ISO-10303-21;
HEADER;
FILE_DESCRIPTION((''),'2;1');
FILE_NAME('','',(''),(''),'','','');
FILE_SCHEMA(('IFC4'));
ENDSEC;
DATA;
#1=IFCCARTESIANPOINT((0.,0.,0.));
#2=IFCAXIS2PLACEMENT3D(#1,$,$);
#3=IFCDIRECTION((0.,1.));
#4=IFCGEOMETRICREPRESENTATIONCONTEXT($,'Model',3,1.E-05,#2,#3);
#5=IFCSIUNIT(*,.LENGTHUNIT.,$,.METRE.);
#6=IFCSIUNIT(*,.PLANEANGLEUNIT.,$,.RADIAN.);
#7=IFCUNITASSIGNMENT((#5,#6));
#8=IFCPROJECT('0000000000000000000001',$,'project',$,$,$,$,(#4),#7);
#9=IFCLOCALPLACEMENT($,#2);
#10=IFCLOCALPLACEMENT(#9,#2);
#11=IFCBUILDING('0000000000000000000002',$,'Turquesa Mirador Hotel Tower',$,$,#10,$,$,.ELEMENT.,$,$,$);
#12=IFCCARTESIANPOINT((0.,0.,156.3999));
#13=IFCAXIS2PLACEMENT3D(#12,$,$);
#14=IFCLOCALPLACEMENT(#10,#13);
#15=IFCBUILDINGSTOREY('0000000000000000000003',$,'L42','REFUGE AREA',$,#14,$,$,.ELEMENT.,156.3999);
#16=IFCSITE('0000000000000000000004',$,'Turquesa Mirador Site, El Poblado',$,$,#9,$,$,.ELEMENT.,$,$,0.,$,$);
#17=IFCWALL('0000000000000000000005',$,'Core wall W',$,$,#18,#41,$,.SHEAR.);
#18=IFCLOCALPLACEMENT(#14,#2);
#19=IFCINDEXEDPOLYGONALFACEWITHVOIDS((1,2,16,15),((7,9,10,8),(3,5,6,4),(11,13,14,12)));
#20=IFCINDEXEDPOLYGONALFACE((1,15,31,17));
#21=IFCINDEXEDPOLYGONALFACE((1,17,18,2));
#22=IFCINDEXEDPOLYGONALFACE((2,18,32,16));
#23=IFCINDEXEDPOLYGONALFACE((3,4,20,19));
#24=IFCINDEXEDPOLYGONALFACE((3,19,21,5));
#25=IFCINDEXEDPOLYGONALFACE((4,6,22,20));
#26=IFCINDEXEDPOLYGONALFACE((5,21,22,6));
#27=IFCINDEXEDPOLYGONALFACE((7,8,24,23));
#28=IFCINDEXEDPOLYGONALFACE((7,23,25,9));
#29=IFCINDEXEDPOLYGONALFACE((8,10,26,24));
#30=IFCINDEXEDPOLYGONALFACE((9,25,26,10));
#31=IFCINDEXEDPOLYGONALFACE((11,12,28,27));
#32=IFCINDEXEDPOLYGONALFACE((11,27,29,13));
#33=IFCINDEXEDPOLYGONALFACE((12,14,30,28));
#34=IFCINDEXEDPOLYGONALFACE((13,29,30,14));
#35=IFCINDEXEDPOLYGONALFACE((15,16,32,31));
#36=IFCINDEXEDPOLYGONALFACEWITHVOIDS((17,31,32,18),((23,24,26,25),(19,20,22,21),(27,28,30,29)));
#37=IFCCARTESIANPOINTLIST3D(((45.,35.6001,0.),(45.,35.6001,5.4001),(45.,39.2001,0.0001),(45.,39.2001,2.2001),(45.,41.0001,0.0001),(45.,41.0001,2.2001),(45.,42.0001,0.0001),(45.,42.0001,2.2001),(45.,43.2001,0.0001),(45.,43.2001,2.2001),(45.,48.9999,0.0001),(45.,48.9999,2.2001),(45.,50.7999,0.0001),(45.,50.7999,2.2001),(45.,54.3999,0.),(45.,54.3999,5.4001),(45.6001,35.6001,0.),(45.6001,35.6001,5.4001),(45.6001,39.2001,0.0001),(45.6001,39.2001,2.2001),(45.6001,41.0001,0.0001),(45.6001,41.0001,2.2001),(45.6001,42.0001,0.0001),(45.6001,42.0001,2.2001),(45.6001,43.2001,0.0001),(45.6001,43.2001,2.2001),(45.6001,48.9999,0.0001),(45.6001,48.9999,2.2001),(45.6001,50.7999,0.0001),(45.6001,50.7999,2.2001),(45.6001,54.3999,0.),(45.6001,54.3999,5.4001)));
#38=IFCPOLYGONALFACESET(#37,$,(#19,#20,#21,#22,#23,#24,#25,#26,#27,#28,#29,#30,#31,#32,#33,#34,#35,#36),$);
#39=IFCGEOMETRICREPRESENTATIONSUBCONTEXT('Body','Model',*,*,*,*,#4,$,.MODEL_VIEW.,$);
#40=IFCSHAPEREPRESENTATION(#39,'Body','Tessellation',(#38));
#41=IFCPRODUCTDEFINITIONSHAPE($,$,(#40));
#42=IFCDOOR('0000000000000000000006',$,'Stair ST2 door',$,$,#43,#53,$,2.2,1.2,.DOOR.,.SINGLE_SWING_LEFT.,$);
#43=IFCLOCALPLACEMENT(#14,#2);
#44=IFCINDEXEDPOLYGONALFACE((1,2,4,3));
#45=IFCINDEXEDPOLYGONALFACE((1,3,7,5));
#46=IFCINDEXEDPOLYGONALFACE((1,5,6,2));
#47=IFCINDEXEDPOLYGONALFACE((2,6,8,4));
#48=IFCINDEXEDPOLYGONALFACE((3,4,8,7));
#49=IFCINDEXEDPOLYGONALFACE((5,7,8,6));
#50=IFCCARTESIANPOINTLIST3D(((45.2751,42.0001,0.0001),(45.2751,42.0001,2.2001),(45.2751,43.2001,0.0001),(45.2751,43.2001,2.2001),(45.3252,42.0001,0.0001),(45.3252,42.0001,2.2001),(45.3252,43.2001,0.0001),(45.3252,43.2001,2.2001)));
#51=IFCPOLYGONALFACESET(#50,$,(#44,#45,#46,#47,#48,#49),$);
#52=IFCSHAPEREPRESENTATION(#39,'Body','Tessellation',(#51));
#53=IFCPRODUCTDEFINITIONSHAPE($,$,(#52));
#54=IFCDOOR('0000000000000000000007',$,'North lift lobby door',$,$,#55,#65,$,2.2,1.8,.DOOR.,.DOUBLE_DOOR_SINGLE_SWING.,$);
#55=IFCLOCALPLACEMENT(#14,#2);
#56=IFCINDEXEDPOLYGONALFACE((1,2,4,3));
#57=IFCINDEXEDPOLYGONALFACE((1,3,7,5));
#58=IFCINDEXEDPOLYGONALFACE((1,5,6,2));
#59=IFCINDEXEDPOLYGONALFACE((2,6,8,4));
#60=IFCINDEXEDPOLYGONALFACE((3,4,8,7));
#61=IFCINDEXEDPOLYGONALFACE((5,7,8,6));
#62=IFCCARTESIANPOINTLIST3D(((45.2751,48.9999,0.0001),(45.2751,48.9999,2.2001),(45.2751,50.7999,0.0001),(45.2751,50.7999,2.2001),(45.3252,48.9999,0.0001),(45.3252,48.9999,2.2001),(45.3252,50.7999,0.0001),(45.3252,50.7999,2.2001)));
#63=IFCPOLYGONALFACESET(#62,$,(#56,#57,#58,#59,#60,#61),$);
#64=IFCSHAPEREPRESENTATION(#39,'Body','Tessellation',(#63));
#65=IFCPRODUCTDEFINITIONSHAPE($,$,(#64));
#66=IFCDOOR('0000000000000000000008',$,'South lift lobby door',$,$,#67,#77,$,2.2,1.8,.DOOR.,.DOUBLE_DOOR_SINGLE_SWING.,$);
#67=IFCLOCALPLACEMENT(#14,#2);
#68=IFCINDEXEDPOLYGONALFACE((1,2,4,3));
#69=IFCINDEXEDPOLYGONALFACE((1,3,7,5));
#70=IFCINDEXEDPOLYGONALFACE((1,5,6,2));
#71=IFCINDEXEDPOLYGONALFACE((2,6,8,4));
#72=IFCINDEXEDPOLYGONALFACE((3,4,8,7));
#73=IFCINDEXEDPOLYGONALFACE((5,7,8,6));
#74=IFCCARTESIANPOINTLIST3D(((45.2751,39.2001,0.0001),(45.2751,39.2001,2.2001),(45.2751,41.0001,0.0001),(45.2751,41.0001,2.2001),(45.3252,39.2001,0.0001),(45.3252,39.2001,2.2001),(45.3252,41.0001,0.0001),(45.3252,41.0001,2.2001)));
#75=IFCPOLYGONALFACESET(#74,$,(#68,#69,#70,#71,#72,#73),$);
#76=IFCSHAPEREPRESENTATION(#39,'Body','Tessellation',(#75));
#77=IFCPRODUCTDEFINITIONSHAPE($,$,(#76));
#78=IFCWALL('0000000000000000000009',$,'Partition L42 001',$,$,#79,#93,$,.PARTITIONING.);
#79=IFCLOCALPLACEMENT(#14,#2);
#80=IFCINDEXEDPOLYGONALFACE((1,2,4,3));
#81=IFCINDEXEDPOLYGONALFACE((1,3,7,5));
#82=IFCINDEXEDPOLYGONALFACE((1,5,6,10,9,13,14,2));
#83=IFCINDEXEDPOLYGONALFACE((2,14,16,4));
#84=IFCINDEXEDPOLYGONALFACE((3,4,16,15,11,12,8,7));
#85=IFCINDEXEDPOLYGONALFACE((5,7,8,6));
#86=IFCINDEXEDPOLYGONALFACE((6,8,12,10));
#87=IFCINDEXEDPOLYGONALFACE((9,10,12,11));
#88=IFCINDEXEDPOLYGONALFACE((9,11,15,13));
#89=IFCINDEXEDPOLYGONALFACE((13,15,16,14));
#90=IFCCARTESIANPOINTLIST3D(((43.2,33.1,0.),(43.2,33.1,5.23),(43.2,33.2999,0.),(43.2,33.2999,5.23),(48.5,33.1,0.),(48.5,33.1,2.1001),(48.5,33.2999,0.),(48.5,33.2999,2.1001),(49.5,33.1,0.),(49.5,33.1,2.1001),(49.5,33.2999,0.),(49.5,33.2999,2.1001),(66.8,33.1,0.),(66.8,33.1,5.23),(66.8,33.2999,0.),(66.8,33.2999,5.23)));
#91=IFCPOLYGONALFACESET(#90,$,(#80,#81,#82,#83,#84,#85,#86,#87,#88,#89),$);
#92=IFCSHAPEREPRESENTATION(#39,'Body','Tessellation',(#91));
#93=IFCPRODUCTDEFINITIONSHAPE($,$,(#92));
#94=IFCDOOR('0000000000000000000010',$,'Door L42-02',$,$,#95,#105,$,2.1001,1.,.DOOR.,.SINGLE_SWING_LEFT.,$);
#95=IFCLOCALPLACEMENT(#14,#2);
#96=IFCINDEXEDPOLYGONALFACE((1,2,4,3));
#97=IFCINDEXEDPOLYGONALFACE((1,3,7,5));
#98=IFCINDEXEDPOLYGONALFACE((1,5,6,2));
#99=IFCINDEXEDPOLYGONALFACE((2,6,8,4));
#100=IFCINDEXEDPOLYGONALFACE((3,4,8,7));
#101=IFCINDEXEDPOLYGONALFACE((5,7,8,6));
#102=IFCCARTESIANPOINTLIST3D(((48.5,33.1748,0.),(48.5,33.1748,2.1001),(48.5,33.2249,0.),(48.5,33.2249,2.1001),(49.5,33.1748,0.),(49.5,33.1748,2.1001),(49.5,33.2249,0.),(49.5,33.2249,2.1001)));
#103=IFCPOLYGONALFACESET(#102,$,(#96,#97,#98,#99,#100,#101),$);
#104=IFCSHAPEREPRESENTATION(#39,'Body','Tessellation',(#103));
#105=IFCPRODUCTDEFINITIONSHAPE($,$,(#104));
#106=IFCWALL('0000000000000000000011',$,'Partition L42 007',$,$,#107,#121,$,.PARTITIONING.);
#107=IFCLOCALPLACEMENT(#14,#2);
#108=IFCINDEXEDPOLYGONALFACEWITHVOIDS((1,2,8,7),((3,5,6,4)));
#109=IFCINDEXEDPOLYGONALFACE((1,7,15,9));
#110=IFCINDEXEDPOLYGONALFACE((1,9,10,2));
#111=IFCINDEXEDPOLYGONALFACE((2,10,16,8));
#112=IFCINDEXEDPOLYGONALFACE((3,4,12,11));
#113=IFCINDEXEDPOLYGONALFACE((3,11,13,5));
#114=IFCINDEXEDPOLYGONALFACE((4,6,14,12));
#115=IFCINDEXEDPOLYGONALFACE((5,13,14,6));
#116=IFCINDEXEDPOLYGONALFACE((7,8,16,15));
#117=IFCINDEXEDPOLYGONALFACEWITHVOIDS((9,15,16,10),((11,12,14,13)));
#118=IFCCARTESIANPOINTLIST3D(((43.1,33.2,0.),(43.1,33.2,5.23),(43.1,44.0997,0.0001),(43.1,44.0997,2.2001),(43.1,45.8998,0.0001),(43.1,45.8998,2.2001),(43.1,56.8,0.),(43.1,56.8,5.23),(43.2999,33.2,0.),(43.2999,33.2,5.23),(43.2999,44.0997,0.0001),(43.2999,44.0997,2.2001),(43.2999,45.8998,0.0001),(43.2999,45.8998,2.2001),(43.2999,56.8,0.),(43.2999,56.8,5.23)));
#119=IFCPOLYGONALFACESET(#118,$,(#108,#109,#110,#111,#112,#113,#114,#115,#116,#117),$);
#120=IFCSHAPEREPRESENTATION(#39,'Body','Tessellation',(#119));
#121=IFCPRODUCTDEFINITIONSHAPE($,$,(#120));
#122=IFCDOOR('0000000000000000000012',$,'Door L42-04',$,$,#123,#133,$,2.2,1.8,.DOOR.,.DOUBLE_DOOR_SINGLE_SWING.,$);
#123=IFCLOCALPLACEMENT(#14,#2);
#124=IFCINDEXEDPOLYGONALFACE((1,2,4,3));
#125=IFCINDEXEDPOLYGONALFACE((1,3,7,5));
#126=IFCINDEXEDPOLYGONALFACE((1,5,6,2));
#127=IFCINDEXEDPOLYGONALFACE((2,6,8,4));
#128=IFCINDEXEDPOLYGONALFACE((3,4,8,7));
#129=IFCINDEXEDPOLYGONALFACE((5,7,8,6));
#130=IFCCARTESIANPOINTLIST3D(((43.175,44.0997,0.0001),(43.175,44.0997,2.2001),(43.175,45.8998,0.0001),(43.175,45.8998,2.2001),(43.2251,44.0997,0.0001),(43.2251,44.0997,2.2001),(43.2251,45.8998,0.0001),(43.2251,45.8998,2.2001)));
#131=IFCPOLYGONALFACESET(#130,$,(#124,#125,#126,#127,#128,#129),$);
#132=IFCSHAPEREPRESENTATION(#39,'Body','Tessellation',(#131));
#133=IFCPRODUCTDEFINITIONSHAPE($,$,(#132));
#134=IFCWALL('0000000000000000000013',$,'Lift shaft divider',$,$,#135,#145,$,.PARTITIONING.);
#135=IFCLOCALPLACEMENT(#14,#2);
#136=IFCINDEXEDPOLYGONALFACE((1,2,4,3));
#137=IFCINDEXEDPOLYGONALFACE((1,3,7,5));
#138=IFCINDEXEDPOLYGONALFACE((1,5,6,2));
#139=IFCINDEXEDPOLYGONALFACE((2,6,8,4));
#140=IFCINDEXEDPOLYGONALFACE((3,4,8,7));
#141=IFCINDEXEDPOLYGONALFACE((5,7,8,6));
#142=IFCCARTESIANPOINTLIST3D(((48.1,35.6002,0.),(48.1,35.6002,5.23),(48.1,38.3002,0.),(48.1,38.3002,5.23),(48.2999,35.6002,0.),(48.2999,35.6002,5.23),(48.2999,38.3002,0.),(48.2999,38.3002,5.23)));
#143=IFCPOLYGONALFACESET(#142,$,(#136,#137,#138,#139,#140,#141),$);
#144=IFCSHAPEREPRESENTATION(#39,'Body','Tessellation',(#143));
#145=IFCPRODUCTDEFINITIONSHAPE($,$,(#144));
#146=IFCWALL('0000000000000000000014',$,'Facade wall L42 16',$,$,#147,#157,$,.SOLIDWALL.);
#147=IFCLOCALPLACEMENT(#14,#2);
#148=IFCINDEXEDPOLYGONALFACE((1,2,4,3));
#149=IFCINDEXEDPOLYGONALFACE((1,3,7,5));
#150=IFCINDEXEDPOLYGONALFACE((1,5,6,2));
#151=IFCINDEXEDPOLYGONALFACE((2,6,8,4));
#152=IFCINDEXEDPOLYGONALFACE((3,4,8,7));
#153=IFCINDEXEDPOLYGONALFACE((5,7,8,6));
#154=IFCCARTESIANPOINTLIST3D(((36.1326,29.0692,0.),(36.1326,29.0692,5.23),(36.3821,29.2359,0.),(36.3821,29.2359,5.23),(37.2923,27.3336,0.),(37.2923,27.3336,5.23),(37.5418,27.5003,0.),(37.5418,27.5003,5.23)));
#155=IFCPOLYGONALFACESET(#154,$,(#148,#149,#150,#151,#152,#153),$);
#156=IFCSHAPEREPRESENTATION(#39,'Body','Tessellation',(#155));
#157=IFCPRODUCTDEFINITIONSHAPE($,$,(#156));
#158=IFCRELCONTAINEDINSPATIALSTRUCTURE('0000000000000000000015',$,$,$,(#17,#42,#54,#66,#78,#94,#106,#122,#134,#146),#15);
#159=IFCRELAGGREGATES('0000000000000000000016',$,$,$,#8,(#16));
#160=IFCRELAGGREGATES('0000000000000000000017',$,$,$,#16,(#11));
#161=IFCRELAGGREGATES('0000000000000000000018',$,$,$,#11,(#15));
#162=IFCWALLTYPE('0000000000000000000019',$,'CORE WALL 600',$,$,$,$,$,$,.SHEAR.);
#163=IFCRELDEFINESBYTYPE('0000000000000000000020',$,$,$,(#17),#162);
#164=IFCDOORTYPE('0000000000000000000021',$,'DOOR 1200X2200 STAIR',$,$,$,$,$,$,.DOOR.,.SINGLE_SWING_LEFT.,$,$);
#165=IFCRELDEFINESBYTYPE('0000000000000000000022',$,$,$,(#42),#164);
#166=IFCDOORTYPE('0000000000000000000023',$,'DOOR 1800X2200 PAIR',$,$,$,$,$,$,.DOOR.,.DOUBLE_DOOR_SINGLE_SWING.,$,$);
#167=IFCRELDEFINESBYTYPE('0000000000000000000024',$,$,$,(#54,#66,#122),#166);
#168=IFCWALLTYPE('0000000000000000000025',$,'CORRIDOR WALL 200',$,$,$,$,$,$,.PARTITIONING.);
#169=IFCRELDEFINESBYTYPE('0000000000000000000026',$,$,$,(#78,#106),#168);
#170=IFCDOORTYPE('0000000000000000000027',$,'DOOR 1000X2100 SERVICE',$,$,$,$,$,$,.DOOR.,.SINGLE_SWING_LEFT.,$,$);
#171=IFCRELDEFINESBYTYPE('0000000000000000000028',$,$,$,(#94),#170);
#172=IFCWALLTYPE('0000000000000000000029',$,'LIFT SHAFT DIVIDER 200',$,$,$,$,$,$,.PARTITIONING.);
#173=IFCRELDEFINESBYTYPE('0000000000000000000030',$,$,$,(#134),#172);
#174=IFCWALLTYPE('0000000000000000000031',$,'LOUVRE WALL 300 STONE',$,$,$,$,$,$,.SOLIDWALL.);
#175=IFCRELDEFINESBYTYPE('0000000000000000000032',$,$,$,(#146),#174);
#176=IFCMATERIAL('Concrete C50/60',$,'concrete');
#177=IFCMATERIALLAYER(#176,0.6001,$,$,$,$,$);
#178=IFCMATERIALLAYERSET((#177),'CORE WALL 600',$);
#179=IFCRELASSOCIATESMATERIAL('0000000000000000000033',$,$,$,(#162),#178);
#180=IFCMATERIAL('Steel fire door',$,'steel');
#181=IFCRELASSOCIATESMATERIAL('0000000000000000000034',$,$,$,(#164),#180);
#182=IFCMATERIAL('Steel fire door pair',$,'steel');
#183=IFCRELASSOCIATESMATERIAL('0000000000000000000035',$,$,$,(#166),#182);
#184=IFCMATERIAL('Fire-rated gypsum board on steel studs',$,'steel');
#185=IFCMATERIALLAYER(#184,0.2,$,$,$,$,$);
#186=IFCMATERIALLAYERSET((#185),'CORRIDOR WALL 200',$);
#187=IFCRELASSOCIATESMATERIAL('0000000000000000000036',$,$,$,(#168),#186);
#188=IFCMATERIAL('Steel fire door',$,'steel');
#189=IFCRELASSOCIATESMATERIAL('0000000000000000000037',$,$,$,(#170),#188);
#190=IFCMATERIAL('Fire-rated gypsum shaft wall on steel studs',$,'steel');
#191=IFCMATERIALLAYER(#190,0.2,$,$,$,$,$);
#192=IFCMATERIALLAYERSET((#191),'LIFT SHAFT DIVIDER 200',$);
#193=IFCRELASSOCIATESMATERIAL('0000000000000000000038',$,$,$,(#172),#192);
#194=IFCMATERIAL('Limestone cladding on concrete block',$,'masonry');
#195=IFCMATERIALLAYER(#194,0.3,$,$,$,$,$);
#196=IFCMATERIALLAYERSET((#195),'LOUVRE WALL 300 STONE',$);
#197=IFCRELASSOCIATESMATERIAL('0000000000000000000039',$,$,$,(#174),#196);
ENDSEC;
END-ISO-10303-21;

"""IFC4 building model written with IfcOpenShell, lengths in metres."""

from ifc_helpers import new_model, si_unit, direction, frame, frame_2d, origin, place, context, subcontext, project, spatial, rectangle, extrude, material, layer, layer_set, type_object, element, fill, save


model = new_model("IFC4")

# Units and contexts
model_context = context("Model", 3, precision=1e-05, world=origin(), true_north=direction((0.0, 1.0)))
body_context = subcontext(model_context, "Body", "Model", "MODEL_VIEW")
ifc_project = project(units=[si_unit("LENGTHUNIT", "METRE"), si_unit("PLANEANGLEUNIT", "RADIAN")], contexts=[model_context])

# Site, building, storey
site_placement = place(None, origin())
site = spatial("IfcSite", under=ifc_project, at=site_placement, Name="Turquesa Mirador Site, El Poblado", CompositionType="ELEMENT", RefElevation=0.0)
building_placement = place(site_placement, origin())
building = spatial("IfcBuilding", under=site, at=building_placement, Name="Turquesa Mirador Hotel Tower", CompositionType="ELEMENT")
storey_placement = place(building_placement, frame((0.0, 0.0, 156.3999)))
storey = spatial("IfcBuildingStorey", under=building, at=storey_placement, Name="L42", Description="REFUGE AREA", CompositionType="ELEMENT", Elevation=156.3999)

# Shared definitions
ifc_material_1 = material(Name="Concrete C50/60", Category="concrete")
ifc_layer_1 = layer(ifc_material_1, 0.6001)
ifc_layer_set_1 = layer_set([ifc_layer_1], Name="CORE WALL 600")
wall_type_1 = type_object("IfcWallType", Name="CORE WALL 600", PredefinedType="SHEAR", material=ifc_layer_set_1)

# Wall, openings, doors
wall_1_placement = place(storey_placement, frame((45.3, 35.6001, 0.0), z_axis=(0.0, 0.0, 1.0), x_axis=(0.0, 1.0, 0.0)))
wall_1 = element("IfcWall", 1, at=wall_1_placement, inside=storey, type_object=wall_type_1, Name="Core wall W", PredefinedType="SHEAR", context=body_context, shape_type="SweptSolid", body=[
    extrude(rectangle(XDim=18.7998, YDim=0.6001, at=frame_2d((9.3999, 0.0))), origin(), (0.0, 0.0, 1.0), 5.4001),
])
opening_1_placement = place(wall_1_placement, frame((13.3999, 0.0, 0.0)))
opening_1 = element("IfcOpeningElement", 2, at=opening_1_placement, cuts=wall_1, PredefinedType="OPENING", context=body_context, shape_type="SweptSolid", body=[
    extrude(rectangle(XDim=1.8, YDim=2.2, at=frame_2d((0.8999, 1.1001))), frame((0.0, 0.3101, 0.0), z_axis=(0.0, -1.0, 0.0), x_axis=(1.0, 0.0, 0.0)), (0.0, 0.0, 1.0), 0.6201),
])
opening_2_placement = place(wall_1_placement, frame((3.6001, 0.0, 0.0)))
opening_2 = element("IfcOpeningElement", 3, at=opening_2_placement, cuts=wall_1, PredefinedType="OPENING", context=body_context, shape_type="SweptSolid", body=[
    extrude(rectangle(XDim=1.8, YDim=2.2, at=frame_2d((0.8999, 1.1001))), frame((0.0, 0.3101, 0.0), z_axis=(0.0, -1.0, 0.0), x_axis=(1.0, 0.0, 0.0)), (0.0, 0.0, 1.0), 0.6201),
])
opening_3_placement = place(wall_1_placement, frame((6.3999, 0.0, 0.0)))
opening_3 = element("IfcOpeningElement", 4, at=opening_3_placement, cuts=wall_1, PredefinedType="OPENING", context=body_context, shape_type="SweptSolid", body=[
    extrude(rectangle(XDim=1.2, YDim=2.2, at=frame_2d((0.6001, 1.1001))), frame((0.0, 0.3101, 0.0), z_axis=(0.0, -1.0, 0.0), x_axis=(1.0, 0.0, 0.0)), (0.0, 0.0, 1.0), 0.6201),
])
ifc_material_2 = material(Name="Steel fire door", Category="steel")
door_type_1 = type_object("IfcDoorType", Name="DOOR 1200X2200 STAIR", OperationType="SINGLE_SWING_LEFT", PredefinedType="DOOR", material=ifc_material_2)
door_1_placement = place(opening_3_placement, origin())
door_1 = element("IfcDoor", 5, at=door_1_placement, inside=storey, type_object=door_type_1, Name="Stair ST2 door", OperationType="SINGLE_SWING_LEFT", OverallHeight=2.2, OverallWidth=1.2, PredefinedType="DOOR", context=body_context, shape_type="SweptSolid", body=[
    extrude(rectangle(XDim=1.2, YDim=2.2, at=frame_2d((0.6001, 1.1001))), frame((0.0, 0.0249, 0.0), z_axis=(0.0, -1.0, 0.0), x_axis=(1.0, 0.0, 0.0)), (0.0, 0.0, 1.0), 0.05),
])
fill(opening_3, door_1)
ifc_material_3 = material(Name="Steel fire door pair", Category="steel")
door_type_2 = type_object("IfcDoorType", Name="DOOR 1800X2200 PAIR", OperationType="DOUBLE_DOOR_SINGLE_SWING", PredefinedType="DOOR", material=ifc_material_3)
door_2_placement = place(opening_1_placement, origin())
door_2 = element("IfcDoor", 6, at=door_2_placement, inside=storey, type_object=door_type_2, Name="North lift lobby door", OperationType="DOUBLE_DOOR_SINGLE_SWING", OverallHeight=2.2, OverallWidth=1.8, PredefinedType="DOOR", context=body_context, shape_type="SweptSolid", body=[
    extrude(rectangle(XDim=1.8, YDim=2.2, at=frame_2d((0.8999, 1.1001))), frame((0.0, 0.0249, 0.0), z_axis=(0.0, -1.0, 0.0), x_axis=(1.0, 0.0, 0.0)), (0.0, 0.0, 1.0), 0.05),
])
fill(opening_1, door_2)
door_3_placement = place(opening_2_placement, origin())
door_3 = element("IfcDoor", 7, at=door_3_placement, inside=storey, type_object=door_type_2, Name="South lift lobby door", OperationType="DOUBLE_DOOR_SINGLE_SWING", OverallHeight=2.2, OverallWidth=1.8, PredefinedType="DOOR", context=body_context, shape_type="SweptSolid", body=[
    extrude(rectangle(XDim=1.8, YDim=2.2, at=frame_2d((0.8999, 1.1001))), frame((0.0, 0.0249, 0.0), z_axis=(0.0, -1.0, 0.0), x_axis=(1.0, 0.0, 0.0)), (0.0, 0.0, 1.0), 0.05),
])
fill(opening_2, door_3)

# Walls, openings, doors
ifc_material_4 = material(Name="Fire-rated gypsum board on steel studs", Category="steel")
ifc_layer_2 = layer(ifc_material_4, 0.2)
ifc_layer_set_2 = layer_set([ifc_layer_2], Name="CORRIDOR WALL 200")
wall_type_2 = type_object("IfcWallType", Name="CORRIDOR WALL 200", PredefinedType="PARTITIONING", material=ifc_layer_set_2)
wall_2_placement = place(storey_placement, frame((43.2, 33.2, 0.0), z_axis=(0.0, 0.0, 1.0), x_axis=(1.0, 0.0, 0.0)))
wall_2 = element("IfcWall", 8, at=wall_2_placement, inside=storey, type_object=wall_type_2, Name="Partition L42 001", PredefinedType="PARTITIONING", context=body_context, shape_type="SweptSolid", body=[
    extrude(rectangle(XDim=23.6001, YDim=0.2, at=frame_2d((11.8, 0.0))), origin(), (0.0, 0.0, 1.0), 5.23),
])
opening_4_placement = place(wall_2_placement, frame((5.3, 0.0, 0.0)))
opening_4 = element("IfcOpeningElement", 9, at=opening_4_placement, cuts=wall_2, PredefinedType="OPENING", context=body_context, shape_type="SweptSolid", body=[
    extrude(rectangle(XDim=1.0, YDim=2.1001, at=frame_2d((0.5, 1.05))), frame((0.0, 0.1099, 0.0), z_axis=(0.0, -1.0, 0.0), x_axis=(1.0, 0.0, 0.0)), (0.0, 0.0, 1.0), 0.22),
])
ifc_material_5 = material(Name="Steel fire door", Category="steel")
door_type_3 = type_object("IfcDoorType", Name="DOOR 1000X2100 SERVICE", OperationType="SINGLE_SWING_LEFT", PredefinedType="DOOR", material=ifc_material_5)
door_4_placement = place(opening_4_placement, origin())
door_4 = element("IfcDoor", 10, at=door_4_placement, inside=storey, type_object=door_type_3, Name="Door L42-02", OperationType="SINGLE_SWING_LEFT", OverallHeight=2.1001, OverallWidth=1.0, PredefinedType="DOOR", context=body_context, shape_type="SweptSolid", body=[
    extrude(rectangle(XDim=1.0, YDim=2.1001, at=frame_2d((0.5, 1.05))), frame((0.0, 0.0249, 0.0), z_axis=(0.0, -1.0, 0.0), x_axis=(1.0, 0.0, 0.0)), (0.0, 0.0, 1.0), 0.05),
])
fill(opening_4, door_4)
wall_3_placement = place(storey_placement, frame((43.2, 33.2, 0.0), z_axis=(0.0, 0.0, 1.0), x_axis=(0.0, 1.0, 0.0)))
wall_3 = element("IfcWall", 11, at=wall_3_placement, inside=storey, type_object=wall_type_2, Name="Partition L42 007", PredefinedType="PARTITIONING", context=body_context, shape_type="SweptSolid", body=[
    extrude(rectangle(XDim=23.6001, YDim=0.2, at=frame_2d((11.8, 0.0))), origin(), (0.0, 0.0, 1.0), 5.23),
])
opening_5_placement = place(wall_3_placement, frame((10.8999, 0.0, 0.0)))
opening_5 = element("IfcOpeningElement", 12, at=opening_5_placement, cuts=wall_3, PredefinedType="OPENING", context=body_context, shape_type="SweptSolid", body=[
    extrude(rectangle(XDim=1.8, YDim=2.2, at=frame_2d((0.8999, 1.1001))), frame((0.0, 0.1099, 0.0), z_axis=(0.0, -1.0, 0.0), x_axis=(1.0, 0.0, 0.0)), (0.0, 0.0, 1.0), 0.22),
])
door_5_placement = place(opening_5_placement, origin())
door_5 = element("IfcDoor", 13, at=door_5_placement, inside=storey, type_object=door_type_2, Name="Door L42-04", OperationType="DOUBLE_DOOR_SINGLE_SWING", OverallHeight=2.2, OverallWidth=1.8, PredefinedType="DOOR", context=body_context, shape_type="SweptSolid", body=[
    extrude(rectangle(XDim=1.8, YDim=2.2, at=frame_2d((0.8999, 1.1001))), frame((0.0, 0.0249, 0.0), z_axis=(0.0, -1.0, 0.0), x_axis=(1.0, 0.0, 0.0)), (0.0, 0.0, 1.0), 0.05),
])
fill(opening_5, door_5)

# Walls
ifc_material_6 = material(Name="Fire-rated gypsum shaft wall on steel studs", Category="steel")
ifc_layer_3 = layer(ifc_material_6, 0.2)
ifc_layer_set_3 = layer_set([ifc_layer_3], Name="LIFT SHAFT DIVIDER 200")
wall_type_3 = type_object("IfcWallType", Name="LIFT SHAFT DIVIDER 200", PredefinedType="PARTITIONING", material=ifc_layer_set_3)
wall_4_placement = place(storey_placement, frame((48.2, 35.6001, 0.0), z_axis=(0.0, 0.0, 1.0), x_axis=(0.0, 1.0, 0.0)))
element("IfcWall", 14, at=wall_4_placement, inside=storey, type_object=wall_type_3, Name="Lift shaft divider", PredefinedType="PARTITIONING", context=body_context, shape_type="SweptSolid", body=[
    extrude(rectangle(XDim=2.7, YDim=0.2, at=frame_2d((1.3501, 0.0))), origin(), (0.0, 0.0, 1.0), 5.23),
])
ifc_material_7 = material(Name="Limestone cladding on concrete block", Category="masonry")
ifc_layer_4 = layer(ifc_material_7, 0.3)
ifc_layer_set_4 = layer_set([ifc_layer_4], Name="LOUVRE WALL 300 STONE")
wall_type_4 = type_object("IfcWallType", Name="LOUVRE WALL 300 STONE", PredefinedType="SOLIDWALL", material=ifc_layer_set_4)
for number, where, z_axis, x_axis, name in (
    (15, (36.2573, 29.1526, 0.0), (0.0, 0.0, 1.0), (0.555564, -0.831474, 0.0), "Facade wall L42 16"),
):
    element("IfcWall", number, at=place(storey_placement, frame(where, z_axis=z_axis, x_axis=x_axis)), inside=storey, type_object=wall_type_4, Name=name, PredefinedType="SOLIDWALL", context=body_context, shape_type="SweptSolid", body=[
        extrude(rectangle(XDim=2.0874, YDim=0.3, at=frame_2d((1.0437, 0.0))), origin(), (0.0, 0.0, 1.0), 5.23),
    ])

save(model, "model.ifc")
